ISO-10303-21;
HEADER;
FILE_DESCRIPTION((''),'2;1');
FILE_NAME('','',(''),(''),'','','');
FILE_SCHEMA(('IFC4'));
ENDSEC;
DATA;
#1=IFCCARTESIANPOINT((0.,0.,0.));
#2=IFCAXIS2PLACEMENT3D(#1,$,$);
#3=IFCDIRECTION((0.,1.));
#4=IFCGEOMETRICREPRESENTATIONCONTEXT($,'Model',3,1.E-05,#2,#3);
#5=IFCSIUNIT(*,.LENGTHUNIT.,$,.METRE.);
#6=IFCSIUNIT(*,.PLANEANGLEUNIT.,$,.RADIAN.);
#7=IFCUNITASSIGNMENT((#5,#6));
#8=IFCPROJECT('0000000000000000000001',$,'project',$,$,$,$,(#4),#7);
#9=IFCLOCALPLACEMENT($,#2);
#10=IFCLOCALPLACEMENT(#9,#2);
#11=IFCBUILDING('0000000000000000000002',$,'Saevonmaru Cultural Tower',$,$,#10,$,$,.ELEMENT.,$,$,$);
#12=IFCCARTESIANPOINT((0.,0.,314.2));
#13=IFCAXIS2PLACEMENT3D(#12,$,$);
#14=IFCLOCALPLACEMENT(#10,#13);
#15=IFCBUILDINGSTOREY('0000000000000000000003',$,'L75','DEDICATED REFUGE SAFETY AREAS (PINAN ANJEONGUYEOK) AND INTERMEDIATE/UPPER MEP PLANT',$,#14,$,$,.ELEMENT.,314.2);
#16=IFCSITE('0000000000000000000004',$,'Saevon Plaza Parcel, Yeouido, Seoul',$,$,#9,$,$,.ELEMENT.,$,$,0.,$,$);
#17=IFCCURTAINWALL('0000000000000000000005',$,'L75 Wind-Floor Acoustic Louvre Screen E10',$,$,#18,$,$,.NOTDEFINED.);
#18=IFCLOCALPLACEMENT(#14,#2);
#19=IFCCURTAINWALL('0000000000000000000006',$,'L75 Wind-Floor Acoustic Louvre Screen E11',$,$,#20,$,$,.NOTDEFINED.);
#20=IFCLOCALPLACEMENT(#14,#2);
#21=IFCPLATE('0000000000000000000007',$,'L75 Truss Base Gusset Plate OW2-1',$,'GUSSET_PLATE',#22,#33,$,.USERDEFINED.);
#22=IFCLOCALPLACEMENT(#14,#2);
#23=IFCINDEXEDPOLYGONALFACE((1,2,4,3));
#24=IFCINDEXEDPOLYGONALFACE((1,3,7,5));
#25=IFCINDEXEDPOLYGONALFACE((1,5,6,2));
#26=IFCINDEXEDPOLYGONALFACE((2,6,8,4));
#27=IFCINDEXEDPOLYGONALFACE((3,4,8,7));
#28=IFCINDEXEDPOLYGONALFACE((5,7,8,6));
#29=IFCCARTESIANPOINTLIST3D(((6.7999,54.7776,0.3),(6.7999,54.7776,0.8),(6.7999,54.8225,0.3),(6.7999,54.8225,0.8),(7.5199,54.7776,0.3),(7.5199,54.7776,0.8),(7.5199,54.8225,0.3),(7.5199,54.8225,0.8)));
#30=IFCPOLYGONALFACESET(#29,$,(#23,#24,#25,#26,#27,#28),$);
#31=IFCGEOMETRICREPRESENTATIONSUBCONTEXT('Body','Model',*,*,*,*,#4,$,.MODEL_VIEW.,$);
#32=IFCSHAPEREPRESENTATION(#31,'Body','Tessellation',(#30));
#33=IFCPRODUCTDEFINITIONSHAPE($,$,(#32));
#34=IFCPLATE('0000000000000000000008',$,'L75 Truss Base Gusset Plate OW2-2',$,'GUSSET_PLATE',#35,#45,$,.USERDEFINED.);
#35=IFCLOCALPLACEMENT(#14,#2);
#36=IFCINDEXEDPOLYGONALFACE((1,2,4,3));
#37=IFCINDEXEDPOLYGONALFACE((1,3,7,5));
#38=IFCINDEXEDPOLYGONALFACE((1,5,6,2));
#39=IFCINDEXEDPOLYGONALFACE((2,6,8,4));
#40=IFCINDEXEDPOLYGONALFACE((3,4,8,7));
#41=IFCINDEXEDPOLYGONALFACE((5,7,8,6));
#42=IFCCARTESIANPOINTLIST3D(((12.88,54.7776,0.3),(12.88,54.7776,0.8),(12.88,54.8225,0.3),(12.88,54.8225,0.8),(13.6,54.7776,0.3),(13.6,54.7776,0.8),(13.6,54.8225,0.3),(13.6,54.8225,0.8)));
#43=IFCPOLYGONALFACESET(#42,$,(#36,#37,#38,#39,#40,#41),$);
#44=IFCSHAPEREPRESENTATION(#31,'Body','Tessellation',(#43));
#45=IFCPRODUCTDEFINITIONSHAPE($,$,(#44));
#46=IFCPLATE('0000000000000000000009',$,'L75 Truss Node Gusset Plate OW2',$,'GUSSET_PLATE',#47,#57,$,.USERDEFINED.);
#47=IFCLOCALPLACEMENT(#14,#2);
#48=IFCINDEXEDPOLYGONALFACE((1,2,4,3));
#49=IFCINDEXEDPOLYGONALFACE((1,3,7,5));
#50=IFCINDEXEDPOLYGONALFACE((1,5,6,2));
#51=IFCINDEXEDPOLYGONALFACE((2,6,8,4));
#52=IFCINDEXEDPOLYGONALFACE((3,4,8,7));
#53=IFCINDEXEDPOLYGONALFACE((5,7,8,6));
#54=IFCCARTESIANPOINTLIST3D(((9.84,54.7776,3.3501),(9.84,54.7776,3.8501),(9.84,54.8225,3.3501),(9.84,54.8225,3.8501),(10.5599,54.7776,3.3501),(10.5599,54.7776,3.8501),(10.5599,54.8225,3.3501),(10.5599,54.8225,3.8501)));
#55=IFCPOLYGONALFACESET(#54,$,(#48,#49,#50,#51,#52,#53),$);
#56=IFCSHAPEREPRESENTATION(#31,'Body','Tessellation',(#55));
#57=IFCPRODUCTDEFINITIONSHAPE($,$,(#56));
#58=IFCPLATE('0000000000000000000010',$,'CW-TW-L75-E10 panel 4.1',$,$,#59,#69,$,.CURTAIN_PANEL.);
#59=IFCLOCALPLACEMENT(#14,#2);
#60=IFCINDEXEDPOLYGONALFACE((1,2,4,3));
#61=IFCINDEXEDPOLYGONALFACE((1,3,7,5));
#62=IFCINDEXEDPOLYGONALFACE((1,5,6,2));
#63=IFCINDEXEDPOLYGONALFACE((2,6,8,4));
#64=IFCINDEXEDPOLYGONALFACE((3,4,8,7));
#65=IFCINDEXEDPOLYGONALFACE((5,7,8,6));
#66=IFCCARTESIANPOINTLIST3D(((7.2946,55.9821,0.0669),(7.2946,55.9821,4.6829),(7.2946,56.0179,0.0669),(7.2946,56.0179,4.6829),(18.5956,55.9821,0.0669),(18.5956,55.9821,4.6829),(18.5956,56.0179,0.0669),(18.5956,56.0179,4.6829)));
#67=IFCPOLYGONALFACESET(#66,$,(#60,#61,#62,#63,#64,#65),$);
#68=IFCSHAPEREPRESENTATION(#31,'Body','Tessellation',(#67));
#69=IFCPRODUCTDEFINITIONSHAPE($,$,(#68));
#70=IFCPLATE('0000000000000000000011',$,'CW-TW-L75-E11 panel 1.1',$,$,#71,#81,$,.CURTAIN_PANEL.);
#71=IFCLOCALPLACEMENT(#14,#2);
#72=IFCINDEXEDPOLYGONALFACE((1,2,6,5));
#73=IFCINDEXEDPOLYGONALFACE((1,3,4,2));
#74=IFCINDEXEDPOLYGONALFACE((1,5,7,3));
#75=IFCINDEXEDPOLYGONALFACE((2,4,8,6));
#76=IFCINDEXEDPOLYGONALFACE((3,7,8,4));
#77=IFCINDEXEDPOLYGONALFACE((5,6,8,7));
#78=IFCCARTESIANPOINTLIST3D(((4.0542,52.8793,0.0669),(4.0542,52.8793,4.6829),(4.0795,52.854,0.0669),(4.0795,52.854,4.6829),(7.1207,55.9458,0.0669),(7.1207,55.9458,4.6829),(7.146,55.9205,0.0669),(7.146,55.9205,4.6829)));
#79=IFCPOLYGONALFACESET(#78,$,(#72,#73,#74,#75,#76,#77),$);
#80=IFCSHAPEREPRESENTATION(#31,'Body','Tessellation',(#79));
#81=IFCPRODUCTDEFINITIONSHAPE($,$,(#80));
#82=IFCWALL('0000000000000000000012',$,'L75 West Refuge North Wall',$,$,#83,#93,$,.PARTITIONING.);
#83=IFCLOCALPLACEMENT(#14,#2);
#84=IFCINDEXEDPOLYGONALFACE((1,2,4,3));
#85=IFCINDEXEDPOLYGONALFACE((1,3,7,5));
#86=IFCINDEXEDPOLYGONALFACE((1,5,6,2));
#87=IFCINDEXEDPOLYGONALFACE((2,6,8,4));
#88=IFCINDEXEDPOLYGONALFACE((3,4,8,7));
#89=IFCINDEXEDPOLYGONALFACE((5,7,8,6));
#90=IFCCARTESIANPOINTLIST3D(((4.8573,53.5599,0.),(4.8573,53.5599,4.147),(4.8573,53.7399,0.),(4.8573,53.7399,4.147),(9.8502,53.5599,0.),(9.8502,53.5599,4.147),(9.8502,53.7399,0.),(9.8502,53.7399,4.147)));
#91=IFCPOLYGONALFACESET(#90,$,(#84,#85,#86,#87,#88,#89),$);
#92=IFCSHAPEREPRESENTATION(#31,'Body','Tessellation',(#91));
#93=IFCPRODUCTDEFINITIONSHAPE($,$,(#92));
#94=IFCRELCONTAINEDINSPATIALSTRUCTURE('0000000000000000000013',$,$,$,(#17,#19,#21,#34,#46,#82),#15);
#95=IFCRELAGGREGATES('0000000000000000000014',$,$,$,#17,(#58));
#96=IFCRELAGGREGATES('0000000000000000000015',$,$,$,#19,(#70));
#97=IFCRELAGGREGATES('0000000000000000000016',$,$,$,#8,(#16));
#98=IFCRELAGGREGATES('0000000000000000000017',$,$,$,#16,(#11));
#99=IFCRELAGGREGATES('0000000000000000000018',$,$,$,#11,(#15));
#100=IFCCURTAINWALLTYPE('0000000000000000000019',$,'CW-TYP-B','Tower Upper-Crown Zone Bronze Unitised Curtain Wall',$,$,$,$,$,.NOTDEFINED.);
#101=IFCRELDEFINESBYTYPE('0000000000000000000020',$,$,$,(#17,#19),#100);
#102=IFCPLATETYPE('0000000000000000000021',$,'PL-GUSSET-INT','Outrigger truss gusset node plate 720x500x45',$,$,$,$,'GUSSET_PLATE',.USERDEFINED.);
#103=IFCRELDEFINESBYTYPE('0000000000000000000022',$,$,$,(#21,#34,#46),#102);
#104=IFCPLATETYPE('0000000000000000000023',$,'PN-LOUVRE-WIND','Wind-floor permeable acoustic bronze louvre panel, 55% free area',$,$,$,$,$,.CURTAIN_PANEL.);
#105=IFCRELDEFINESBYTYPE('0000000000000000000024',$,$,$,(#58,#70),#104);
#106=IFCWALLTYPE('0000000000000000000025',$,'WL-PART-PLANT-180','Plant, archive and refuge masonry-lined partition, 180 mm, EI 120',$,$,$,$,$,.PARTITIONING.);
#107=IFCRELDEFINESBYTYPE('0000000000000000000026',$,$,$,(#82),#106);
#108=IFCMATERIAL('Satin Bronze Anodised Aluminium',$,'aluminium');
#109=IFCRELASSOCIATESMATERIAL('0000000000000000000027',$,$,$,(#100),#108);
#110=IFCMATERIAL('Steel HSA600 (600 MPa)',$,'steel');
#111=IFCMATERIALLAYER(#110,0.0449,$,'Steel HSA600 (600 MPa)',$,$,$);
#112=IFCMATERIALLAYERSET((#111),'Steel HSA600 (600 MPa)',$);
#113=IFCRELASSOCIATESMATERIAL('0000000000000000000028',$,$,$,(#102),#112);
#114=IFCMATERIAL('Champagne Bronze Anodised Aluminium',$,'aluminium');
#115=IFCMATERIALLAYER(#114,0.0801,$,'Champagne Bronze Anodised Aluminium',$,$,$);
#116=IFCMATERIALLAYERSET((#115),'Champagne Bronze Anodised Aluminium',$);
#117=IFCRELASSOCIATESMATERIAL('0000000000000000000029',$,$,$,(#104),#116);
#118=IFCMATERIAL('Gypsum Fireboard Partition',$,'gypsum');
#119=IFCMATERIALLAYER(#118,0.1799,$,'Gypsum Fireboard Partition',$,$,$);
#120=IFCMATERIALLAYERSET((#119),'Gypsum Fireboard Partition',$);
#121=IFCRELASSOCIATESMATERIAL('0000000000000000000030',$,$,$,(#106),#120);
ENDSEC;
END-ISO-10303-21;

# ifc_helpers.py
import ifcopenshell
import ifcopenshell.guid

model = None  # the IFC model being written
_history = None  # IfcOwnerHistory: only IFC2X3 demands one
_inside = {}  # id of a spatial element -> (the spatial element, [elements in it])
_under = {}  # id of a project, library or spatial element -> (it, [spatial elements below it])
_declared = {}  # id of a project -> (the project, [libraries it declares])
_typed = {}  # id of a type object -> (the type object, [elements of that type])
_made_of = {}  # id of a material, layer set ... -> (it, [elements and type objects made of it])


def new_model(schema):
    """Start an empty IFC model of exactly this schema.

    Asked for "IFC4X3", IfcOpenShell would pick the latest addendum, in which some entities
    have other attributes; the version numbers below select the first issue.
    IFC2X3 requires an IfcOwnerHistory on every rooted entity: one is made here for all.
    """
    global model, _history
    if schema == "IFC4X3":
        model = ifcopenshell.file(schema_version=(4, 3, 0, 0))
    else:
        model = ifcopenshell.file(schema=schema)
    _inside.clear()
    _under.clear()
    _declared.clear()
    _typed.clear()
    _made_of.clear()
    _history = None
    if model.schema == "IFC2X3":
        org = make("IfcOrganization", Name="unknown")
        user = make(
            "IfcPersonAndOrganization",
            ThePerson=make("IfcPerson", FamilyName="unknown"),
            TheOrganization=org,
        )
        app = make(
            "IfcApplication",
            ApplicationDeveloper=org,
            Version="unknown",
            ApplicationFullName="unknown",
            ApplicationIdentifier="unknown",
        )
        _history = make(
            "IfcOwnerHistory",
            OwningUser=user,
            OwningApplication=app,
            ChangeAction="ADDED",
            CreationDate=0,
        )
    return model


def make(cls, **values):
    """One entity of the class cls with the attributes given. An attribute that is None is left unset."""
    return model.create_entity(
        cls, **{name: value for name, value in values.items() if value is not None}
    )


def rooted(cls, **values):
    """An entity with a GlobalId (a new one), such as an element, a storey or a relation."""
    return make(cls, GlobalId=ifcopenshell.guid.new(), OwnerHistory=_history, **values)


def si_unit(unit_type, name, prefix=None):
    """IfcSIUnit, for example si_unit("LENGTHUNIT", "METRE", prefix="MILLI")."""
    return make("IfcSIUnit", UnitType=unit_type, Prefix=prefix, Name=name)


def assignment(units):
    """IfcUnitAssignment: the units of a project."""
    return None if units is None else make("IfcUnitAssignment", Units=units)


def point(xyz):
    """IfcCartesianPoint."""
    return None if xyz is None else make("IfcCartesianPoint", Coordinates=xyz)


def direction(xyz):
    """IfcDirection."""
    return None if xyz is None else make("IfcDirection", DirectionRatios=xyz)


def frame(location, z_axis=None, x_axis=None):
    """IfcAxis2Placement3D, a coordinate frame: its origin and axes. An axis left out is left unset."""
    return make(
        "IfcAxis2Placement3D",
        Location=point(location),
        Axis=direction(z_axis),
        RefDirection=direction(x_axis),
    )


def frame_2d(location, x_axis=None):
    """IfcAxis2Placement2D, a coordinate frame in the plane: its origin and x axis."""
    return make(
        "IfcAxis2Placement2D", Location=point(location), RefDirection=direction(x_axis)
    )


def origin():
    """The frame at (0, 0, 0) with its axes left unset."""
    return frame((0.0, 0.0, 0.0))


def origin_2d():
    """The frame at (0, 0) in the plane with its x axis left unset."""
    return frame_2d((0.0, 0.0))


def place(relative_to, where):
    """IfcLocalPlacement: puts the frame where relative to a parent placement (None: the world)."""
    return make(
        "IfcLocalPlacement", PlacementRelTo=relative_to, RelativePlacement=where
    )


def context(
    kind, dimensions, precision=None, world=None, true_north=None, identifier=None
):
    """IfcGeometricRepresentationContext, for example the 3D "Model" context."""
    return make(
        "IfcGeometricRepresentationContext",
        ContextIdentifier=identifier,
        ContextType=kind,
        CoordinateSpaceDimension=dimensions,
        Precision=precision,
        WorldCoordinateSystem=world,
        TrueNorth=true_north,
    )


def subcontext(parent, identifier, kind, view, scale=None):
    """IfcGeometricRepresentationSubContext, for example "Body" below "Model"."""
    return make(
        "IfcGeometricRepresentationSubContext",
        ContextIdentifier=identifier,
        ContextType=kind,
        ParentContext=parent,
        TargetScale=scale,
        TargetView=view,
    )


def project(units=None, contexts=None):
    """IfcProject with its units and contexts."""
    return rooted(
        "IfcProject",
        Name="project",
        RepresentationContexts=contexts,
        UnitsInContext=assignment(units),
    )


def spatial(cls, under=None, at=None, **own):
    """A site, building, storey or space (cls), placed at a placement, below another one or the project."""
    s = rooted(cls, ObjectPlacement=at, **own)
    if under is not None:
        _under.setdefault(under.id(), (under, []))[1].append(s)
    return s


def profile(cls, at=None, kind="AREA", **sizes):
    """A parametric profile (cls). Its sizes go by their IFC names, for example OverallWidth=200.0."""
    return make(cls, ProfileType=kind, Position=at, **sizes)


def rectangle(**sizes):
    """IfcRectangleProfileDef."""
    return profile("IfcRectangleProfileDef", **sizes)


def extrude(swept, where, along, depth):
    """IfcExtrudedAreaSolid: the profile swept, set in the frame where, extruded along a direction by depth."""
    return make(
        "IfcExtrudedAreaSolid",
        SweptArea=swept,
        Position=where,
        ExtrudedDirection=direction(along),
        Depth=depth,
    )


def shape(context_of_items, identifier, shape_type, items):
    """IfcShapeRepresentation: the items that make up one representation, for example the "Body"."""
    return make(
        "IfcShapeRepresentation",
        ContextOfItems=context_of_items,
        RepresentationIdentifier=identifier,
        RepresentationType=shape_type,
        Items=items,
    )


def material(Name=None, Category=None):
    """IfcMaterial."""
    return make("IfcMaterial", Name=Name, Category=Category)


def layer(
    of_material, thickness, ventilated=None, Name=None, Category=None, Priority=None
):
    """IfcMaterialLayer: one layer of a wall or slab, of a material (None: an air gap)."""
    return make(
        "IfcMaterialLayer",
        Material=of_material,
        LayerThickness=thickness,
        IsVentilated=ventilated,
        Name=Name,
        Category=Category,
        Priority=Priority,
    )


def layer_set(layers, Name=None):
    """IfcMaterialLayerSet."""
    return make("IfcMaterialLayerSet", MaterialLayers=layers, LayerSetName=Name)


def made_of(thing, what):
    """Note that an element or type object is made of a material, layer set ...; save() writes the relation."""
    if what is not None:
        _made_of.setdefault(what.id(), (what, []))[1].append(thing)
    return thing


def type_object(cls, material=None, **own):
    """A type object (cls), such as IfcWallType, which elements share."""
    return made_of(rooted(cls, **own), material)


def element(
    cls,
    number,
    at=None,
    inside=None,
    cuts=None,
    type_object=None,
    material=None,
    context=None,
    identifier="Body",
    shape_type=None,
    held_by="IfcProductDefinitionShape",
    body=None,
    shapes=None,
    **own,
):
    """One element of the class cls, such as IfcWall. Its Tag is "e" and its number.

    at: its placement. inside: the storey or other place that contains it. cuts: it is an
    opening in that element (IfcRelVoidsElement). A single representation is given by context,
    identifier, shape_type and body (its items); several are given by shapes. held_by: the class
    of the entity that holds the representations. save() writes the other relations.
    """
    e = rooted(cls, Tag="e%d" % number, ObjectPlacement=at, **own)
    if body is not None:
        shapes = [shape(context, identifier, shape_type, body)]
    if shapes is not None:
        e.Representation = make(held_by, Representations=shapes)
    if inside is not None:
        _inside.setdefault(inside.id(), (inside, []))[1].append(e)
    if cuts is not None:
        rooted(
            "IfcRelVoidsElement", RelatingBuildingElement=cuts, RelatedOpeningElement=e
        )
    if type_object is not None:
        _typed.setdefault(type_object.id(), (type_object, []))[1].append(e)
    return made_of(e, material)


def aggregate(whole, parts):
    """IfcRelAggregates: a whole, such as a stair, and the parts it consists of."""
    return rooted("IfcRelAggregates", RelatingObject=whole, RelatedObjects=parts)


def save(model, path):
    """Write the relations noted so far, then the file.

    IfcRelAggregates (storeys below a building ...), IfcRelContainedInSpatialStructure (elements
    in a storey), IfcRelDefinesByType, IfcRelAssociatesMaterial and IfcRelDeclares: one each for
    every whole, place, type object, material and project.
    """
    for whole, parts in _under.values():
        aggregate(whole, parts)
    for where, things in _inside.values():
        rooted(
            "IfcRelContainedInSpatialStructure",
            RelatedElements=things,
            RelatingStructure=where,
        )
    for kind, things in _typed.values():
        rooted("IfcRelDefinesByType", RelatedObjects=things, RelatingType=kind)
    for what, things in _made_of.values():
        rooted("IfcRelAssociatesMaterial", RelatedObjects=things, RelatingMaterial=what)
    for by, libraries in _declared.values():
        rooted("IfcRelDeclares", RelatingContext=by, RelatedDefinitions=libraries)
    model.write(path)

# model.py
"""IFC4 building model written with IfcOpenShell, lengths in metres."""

from ifc_helpers import new_model, si_unit, direction, frame, frame_2d, origin, origin_2d, place, context, subcontext, project, spatial, rectangle, extrude, material, layer, layer_set, type_object, element, aggregate, save


model = new_model("IFC4")

# Units and contexts
model_context = context("Model", 3, precision=1e-05, world=origin(), true_north=direction((0.0, 1.0)))
body_context = subcontext(model_context, "Body", "Model", "MODEL_VIEW")
ifc_project = project(units=[si_unit("LENGTHUNIT", "METRE"), si_unit("PLANEANGLEUNIT", "RADIAN")], contexts=[model_context])

# Site, building, storey
site_placement = place(None, origin())
site = spatial("IfcSite", under=ifc_project, at=site_placement, Name="Saevon Plaza Parcel, Yeouido, Seoul", CompositionType="ELEMENT", RefElevation=0.0)
building_placement = place(site_placement, origin())
building = spatial("IfcBuilding", under=site, at=building_placement, Name="Saevonmaru Cultural Tower", CompositionType="ELEMENT")
storey_placement = place(building_placement, frame((0.0, 0.0, 314.2)))
storey = spatial("IfcBuildingStorey", under=building, at=storey_placement, Name="L75", Description="DEDICATED REFUGE SAFETY AREAS (PINAN ANJEONGUYEOK) AND INTERMEDIATE/UPPER MEP PLANT", CompositionType="ELEMENT", Elevation=314.2)

# Curtain wall
ifc_material_1 = material(Name="Satin Bronze Anodised Aluminium", Category="aluminium")
curtain_wall_type = type_object("IfcCurtainWallType", Name="CW-TYP-B", Description="Tower Upper-Crown Zone Bronze Unitised Curtain Wall", PredefinedType="NOTDEFINED", material=ifc_material_1)
curtain_wall_1_placement = place(storey_placement, origin())
curtain_wall_1 = element("IfcCurtainWall", 1, at=curtain_wall_1_placement, inside=storey, type_object=curtain_wall_type, Name="L75 Wind-Floor Acoustic Louvre Screen E10", PredefinedType="NOTDEFINED")

# Curtain wall
curtain_wall_2_placement = place(storey_placement, origin())
curtain_wall_2 = element("IfcCurtainWall", 2, at=curtain_wall_2_placement, inside=storey, type_object=curtain_wall_type, Name="L75 Wind-Floor Acoustic Louvre Screen E11", PredefinedType="NOTDEFINED")

# Plates
ifc_material_2 = material(Name="Steel HSA600 (600 MPa)", Category="steel")
ifc_layer_1 = layer(ifc_material_2, 0.0449, Name="Steel HSA600 (600 MPa)")
ifc_layer_set_1 = layer_set([ifc_layer_1], Name="Steel HSA600 (600 MPa)")
plate_type_1 = type_object("IfcPlateType", Name="PL-GUSSET-INT", Description="Outrigger truss gusset node plate 720x500x45", ElementType="GUSSET_PLATE", PredefinedType="USERDEFINED", material=ifc_layer_set_1)
for number, where, z_axis, x_axis, name in (
    (3, (7.1599, 54.8, 0.3), (0.0, 0.0, 1.0), (1.0, 0.0, 0.0), "L75 Truss Base Gusset Plate OW2-1"),
    (4, (13.24, 54.8, 0.3), (0.0, 0.0, 1.0), (1.0, 0.0, 0.0), "L75 Truss Base Gusset Plate OW2-2"),
    (5, (10.2, 54.8, 3.3501), (0.0, 0.0, 1.0), (1.0, 0.0, 0.0), "L75 Truss Node Gusset Plate OW2"),
):
    element("IfcPlate", number, at=place(storey_placement, frame(where, z_axis=z_axis, x_axis=x_axis)), inside=storey, type_object=plate_type_1, Name=name, ObjectType="GUSSET_PLATE", PredefinedType="USERDEFINED", context=body_context, shape_type="SweptSolid", body=[
        extrude(rectangle(XDim=0.72, YDim=0.0449, at=origin_2d()), origin(), (0.0, 0.0, 1.0), 0.5),
    ])

# Plates
ifc_material_3 = material(Name="Champagne Bronze Anodised Aluminium", Category="aluminium")
ifc_layer_2 = layer(ifc_material_3, 0.0801, Name="Champagne Bronze Anodised Aluminium")
ifc_layer_set_2 = layer_set([ifc_layer_2], Name="Champagne Bronze Anodised Aluminium")
plate_type_2 = type_object("IfcPlateType", Name="PN-LOUVRE-WIND", Description="Wind-floor permeable acoustic bronze louvre panel, 55% free area", PredefinedType="CURTAIN_PANEL", material=ifc_layer_set_2)
plate_1_placement = place(storey_placement, frame((12.9451, 56.0, 0.0669), z_axis=(0.0, 0.0, 1.0), x_axis=(-1.0, 0.0, 0.0)))
plate_1 = element("IfcPlate", 6, at=plate_1_placement, type_object=plate_type_2, Name="CW-TW-L75-E10 panel 4.1", PredefinedType="CURTAIN_PANEL", context=body_context, shape_type="SweptSolid", body=[
    extrude(rectangle(XDim=11.301, YDim=0.0359, at=origin_2d()), origin(), (0.0, 0.0, 1.0), 4.616),
])
aggregate(curtain_wall_1, [plate_1])
plate_2_placement = place(storey_placement, frame((5.6001, 54.3999, 0.0669), z_axis=(0.0, 0.0, 1.0), x_axis=(-0.707107, -0.707107, 0.0)))
plate_2 = element("IfcPlate", 7, at=plate_2_placement, type_object=plate_type_2, Name="CW-TW-L75-E11 panel 1.1", PredefinedType="CURTAIN_PANEL", context=body_context, shape_type="SweptSolid", body=[
    extrude(rectangle(XDim=4.3367, YDim=0.0359, at=origin_2d()), origin(), (0.0, 0.0, 1.0), 4.616),
])
aggregate(curtain_wall_2, [plate_2])

# Wall
ifc_material_4 = material(Name="Gypsum Fireboard Partition", Category="gypsum")
ifc_layer_3 = layer(ifc_material_4, 0.1799, Name="Gypsum Fireboard Partition")
ifc_layer_set_3 = layer_set([ifc_layer_3], Name="Gypsum Fireboard Partition")
wall_type = type_object("IfcWallType", Name="WL-PART-PLANT-180", Description="Plant, archive and refuge masonry-lined partition, 180 mm, EI 120", PredefinedType="PARTITIONING", material=ifc_layer_set_3)
wall_placement = place(storey_placement, frame((4.8572, 53.6499, 0.0), z_axis=(0.0, 0.0, 1.0), x_axis=(1.0, 0.0, 0.0)))
element("IfcWall", 8, at=wall_placement, inside=storey, type_object=wall_type, Name="L75 West Refuge North Wall", PredefinedType="PARTITIONING", context=body_context, shape_type="SweptSolid", body=[
    extrude(rectangle(XDim=4.9929, YDim=0.1799, at=frame_2d((2.4966, 0.0))), origin(), (0.0, 0.0, 1.0), 4.147),
])

save(model, "model.ifc")
